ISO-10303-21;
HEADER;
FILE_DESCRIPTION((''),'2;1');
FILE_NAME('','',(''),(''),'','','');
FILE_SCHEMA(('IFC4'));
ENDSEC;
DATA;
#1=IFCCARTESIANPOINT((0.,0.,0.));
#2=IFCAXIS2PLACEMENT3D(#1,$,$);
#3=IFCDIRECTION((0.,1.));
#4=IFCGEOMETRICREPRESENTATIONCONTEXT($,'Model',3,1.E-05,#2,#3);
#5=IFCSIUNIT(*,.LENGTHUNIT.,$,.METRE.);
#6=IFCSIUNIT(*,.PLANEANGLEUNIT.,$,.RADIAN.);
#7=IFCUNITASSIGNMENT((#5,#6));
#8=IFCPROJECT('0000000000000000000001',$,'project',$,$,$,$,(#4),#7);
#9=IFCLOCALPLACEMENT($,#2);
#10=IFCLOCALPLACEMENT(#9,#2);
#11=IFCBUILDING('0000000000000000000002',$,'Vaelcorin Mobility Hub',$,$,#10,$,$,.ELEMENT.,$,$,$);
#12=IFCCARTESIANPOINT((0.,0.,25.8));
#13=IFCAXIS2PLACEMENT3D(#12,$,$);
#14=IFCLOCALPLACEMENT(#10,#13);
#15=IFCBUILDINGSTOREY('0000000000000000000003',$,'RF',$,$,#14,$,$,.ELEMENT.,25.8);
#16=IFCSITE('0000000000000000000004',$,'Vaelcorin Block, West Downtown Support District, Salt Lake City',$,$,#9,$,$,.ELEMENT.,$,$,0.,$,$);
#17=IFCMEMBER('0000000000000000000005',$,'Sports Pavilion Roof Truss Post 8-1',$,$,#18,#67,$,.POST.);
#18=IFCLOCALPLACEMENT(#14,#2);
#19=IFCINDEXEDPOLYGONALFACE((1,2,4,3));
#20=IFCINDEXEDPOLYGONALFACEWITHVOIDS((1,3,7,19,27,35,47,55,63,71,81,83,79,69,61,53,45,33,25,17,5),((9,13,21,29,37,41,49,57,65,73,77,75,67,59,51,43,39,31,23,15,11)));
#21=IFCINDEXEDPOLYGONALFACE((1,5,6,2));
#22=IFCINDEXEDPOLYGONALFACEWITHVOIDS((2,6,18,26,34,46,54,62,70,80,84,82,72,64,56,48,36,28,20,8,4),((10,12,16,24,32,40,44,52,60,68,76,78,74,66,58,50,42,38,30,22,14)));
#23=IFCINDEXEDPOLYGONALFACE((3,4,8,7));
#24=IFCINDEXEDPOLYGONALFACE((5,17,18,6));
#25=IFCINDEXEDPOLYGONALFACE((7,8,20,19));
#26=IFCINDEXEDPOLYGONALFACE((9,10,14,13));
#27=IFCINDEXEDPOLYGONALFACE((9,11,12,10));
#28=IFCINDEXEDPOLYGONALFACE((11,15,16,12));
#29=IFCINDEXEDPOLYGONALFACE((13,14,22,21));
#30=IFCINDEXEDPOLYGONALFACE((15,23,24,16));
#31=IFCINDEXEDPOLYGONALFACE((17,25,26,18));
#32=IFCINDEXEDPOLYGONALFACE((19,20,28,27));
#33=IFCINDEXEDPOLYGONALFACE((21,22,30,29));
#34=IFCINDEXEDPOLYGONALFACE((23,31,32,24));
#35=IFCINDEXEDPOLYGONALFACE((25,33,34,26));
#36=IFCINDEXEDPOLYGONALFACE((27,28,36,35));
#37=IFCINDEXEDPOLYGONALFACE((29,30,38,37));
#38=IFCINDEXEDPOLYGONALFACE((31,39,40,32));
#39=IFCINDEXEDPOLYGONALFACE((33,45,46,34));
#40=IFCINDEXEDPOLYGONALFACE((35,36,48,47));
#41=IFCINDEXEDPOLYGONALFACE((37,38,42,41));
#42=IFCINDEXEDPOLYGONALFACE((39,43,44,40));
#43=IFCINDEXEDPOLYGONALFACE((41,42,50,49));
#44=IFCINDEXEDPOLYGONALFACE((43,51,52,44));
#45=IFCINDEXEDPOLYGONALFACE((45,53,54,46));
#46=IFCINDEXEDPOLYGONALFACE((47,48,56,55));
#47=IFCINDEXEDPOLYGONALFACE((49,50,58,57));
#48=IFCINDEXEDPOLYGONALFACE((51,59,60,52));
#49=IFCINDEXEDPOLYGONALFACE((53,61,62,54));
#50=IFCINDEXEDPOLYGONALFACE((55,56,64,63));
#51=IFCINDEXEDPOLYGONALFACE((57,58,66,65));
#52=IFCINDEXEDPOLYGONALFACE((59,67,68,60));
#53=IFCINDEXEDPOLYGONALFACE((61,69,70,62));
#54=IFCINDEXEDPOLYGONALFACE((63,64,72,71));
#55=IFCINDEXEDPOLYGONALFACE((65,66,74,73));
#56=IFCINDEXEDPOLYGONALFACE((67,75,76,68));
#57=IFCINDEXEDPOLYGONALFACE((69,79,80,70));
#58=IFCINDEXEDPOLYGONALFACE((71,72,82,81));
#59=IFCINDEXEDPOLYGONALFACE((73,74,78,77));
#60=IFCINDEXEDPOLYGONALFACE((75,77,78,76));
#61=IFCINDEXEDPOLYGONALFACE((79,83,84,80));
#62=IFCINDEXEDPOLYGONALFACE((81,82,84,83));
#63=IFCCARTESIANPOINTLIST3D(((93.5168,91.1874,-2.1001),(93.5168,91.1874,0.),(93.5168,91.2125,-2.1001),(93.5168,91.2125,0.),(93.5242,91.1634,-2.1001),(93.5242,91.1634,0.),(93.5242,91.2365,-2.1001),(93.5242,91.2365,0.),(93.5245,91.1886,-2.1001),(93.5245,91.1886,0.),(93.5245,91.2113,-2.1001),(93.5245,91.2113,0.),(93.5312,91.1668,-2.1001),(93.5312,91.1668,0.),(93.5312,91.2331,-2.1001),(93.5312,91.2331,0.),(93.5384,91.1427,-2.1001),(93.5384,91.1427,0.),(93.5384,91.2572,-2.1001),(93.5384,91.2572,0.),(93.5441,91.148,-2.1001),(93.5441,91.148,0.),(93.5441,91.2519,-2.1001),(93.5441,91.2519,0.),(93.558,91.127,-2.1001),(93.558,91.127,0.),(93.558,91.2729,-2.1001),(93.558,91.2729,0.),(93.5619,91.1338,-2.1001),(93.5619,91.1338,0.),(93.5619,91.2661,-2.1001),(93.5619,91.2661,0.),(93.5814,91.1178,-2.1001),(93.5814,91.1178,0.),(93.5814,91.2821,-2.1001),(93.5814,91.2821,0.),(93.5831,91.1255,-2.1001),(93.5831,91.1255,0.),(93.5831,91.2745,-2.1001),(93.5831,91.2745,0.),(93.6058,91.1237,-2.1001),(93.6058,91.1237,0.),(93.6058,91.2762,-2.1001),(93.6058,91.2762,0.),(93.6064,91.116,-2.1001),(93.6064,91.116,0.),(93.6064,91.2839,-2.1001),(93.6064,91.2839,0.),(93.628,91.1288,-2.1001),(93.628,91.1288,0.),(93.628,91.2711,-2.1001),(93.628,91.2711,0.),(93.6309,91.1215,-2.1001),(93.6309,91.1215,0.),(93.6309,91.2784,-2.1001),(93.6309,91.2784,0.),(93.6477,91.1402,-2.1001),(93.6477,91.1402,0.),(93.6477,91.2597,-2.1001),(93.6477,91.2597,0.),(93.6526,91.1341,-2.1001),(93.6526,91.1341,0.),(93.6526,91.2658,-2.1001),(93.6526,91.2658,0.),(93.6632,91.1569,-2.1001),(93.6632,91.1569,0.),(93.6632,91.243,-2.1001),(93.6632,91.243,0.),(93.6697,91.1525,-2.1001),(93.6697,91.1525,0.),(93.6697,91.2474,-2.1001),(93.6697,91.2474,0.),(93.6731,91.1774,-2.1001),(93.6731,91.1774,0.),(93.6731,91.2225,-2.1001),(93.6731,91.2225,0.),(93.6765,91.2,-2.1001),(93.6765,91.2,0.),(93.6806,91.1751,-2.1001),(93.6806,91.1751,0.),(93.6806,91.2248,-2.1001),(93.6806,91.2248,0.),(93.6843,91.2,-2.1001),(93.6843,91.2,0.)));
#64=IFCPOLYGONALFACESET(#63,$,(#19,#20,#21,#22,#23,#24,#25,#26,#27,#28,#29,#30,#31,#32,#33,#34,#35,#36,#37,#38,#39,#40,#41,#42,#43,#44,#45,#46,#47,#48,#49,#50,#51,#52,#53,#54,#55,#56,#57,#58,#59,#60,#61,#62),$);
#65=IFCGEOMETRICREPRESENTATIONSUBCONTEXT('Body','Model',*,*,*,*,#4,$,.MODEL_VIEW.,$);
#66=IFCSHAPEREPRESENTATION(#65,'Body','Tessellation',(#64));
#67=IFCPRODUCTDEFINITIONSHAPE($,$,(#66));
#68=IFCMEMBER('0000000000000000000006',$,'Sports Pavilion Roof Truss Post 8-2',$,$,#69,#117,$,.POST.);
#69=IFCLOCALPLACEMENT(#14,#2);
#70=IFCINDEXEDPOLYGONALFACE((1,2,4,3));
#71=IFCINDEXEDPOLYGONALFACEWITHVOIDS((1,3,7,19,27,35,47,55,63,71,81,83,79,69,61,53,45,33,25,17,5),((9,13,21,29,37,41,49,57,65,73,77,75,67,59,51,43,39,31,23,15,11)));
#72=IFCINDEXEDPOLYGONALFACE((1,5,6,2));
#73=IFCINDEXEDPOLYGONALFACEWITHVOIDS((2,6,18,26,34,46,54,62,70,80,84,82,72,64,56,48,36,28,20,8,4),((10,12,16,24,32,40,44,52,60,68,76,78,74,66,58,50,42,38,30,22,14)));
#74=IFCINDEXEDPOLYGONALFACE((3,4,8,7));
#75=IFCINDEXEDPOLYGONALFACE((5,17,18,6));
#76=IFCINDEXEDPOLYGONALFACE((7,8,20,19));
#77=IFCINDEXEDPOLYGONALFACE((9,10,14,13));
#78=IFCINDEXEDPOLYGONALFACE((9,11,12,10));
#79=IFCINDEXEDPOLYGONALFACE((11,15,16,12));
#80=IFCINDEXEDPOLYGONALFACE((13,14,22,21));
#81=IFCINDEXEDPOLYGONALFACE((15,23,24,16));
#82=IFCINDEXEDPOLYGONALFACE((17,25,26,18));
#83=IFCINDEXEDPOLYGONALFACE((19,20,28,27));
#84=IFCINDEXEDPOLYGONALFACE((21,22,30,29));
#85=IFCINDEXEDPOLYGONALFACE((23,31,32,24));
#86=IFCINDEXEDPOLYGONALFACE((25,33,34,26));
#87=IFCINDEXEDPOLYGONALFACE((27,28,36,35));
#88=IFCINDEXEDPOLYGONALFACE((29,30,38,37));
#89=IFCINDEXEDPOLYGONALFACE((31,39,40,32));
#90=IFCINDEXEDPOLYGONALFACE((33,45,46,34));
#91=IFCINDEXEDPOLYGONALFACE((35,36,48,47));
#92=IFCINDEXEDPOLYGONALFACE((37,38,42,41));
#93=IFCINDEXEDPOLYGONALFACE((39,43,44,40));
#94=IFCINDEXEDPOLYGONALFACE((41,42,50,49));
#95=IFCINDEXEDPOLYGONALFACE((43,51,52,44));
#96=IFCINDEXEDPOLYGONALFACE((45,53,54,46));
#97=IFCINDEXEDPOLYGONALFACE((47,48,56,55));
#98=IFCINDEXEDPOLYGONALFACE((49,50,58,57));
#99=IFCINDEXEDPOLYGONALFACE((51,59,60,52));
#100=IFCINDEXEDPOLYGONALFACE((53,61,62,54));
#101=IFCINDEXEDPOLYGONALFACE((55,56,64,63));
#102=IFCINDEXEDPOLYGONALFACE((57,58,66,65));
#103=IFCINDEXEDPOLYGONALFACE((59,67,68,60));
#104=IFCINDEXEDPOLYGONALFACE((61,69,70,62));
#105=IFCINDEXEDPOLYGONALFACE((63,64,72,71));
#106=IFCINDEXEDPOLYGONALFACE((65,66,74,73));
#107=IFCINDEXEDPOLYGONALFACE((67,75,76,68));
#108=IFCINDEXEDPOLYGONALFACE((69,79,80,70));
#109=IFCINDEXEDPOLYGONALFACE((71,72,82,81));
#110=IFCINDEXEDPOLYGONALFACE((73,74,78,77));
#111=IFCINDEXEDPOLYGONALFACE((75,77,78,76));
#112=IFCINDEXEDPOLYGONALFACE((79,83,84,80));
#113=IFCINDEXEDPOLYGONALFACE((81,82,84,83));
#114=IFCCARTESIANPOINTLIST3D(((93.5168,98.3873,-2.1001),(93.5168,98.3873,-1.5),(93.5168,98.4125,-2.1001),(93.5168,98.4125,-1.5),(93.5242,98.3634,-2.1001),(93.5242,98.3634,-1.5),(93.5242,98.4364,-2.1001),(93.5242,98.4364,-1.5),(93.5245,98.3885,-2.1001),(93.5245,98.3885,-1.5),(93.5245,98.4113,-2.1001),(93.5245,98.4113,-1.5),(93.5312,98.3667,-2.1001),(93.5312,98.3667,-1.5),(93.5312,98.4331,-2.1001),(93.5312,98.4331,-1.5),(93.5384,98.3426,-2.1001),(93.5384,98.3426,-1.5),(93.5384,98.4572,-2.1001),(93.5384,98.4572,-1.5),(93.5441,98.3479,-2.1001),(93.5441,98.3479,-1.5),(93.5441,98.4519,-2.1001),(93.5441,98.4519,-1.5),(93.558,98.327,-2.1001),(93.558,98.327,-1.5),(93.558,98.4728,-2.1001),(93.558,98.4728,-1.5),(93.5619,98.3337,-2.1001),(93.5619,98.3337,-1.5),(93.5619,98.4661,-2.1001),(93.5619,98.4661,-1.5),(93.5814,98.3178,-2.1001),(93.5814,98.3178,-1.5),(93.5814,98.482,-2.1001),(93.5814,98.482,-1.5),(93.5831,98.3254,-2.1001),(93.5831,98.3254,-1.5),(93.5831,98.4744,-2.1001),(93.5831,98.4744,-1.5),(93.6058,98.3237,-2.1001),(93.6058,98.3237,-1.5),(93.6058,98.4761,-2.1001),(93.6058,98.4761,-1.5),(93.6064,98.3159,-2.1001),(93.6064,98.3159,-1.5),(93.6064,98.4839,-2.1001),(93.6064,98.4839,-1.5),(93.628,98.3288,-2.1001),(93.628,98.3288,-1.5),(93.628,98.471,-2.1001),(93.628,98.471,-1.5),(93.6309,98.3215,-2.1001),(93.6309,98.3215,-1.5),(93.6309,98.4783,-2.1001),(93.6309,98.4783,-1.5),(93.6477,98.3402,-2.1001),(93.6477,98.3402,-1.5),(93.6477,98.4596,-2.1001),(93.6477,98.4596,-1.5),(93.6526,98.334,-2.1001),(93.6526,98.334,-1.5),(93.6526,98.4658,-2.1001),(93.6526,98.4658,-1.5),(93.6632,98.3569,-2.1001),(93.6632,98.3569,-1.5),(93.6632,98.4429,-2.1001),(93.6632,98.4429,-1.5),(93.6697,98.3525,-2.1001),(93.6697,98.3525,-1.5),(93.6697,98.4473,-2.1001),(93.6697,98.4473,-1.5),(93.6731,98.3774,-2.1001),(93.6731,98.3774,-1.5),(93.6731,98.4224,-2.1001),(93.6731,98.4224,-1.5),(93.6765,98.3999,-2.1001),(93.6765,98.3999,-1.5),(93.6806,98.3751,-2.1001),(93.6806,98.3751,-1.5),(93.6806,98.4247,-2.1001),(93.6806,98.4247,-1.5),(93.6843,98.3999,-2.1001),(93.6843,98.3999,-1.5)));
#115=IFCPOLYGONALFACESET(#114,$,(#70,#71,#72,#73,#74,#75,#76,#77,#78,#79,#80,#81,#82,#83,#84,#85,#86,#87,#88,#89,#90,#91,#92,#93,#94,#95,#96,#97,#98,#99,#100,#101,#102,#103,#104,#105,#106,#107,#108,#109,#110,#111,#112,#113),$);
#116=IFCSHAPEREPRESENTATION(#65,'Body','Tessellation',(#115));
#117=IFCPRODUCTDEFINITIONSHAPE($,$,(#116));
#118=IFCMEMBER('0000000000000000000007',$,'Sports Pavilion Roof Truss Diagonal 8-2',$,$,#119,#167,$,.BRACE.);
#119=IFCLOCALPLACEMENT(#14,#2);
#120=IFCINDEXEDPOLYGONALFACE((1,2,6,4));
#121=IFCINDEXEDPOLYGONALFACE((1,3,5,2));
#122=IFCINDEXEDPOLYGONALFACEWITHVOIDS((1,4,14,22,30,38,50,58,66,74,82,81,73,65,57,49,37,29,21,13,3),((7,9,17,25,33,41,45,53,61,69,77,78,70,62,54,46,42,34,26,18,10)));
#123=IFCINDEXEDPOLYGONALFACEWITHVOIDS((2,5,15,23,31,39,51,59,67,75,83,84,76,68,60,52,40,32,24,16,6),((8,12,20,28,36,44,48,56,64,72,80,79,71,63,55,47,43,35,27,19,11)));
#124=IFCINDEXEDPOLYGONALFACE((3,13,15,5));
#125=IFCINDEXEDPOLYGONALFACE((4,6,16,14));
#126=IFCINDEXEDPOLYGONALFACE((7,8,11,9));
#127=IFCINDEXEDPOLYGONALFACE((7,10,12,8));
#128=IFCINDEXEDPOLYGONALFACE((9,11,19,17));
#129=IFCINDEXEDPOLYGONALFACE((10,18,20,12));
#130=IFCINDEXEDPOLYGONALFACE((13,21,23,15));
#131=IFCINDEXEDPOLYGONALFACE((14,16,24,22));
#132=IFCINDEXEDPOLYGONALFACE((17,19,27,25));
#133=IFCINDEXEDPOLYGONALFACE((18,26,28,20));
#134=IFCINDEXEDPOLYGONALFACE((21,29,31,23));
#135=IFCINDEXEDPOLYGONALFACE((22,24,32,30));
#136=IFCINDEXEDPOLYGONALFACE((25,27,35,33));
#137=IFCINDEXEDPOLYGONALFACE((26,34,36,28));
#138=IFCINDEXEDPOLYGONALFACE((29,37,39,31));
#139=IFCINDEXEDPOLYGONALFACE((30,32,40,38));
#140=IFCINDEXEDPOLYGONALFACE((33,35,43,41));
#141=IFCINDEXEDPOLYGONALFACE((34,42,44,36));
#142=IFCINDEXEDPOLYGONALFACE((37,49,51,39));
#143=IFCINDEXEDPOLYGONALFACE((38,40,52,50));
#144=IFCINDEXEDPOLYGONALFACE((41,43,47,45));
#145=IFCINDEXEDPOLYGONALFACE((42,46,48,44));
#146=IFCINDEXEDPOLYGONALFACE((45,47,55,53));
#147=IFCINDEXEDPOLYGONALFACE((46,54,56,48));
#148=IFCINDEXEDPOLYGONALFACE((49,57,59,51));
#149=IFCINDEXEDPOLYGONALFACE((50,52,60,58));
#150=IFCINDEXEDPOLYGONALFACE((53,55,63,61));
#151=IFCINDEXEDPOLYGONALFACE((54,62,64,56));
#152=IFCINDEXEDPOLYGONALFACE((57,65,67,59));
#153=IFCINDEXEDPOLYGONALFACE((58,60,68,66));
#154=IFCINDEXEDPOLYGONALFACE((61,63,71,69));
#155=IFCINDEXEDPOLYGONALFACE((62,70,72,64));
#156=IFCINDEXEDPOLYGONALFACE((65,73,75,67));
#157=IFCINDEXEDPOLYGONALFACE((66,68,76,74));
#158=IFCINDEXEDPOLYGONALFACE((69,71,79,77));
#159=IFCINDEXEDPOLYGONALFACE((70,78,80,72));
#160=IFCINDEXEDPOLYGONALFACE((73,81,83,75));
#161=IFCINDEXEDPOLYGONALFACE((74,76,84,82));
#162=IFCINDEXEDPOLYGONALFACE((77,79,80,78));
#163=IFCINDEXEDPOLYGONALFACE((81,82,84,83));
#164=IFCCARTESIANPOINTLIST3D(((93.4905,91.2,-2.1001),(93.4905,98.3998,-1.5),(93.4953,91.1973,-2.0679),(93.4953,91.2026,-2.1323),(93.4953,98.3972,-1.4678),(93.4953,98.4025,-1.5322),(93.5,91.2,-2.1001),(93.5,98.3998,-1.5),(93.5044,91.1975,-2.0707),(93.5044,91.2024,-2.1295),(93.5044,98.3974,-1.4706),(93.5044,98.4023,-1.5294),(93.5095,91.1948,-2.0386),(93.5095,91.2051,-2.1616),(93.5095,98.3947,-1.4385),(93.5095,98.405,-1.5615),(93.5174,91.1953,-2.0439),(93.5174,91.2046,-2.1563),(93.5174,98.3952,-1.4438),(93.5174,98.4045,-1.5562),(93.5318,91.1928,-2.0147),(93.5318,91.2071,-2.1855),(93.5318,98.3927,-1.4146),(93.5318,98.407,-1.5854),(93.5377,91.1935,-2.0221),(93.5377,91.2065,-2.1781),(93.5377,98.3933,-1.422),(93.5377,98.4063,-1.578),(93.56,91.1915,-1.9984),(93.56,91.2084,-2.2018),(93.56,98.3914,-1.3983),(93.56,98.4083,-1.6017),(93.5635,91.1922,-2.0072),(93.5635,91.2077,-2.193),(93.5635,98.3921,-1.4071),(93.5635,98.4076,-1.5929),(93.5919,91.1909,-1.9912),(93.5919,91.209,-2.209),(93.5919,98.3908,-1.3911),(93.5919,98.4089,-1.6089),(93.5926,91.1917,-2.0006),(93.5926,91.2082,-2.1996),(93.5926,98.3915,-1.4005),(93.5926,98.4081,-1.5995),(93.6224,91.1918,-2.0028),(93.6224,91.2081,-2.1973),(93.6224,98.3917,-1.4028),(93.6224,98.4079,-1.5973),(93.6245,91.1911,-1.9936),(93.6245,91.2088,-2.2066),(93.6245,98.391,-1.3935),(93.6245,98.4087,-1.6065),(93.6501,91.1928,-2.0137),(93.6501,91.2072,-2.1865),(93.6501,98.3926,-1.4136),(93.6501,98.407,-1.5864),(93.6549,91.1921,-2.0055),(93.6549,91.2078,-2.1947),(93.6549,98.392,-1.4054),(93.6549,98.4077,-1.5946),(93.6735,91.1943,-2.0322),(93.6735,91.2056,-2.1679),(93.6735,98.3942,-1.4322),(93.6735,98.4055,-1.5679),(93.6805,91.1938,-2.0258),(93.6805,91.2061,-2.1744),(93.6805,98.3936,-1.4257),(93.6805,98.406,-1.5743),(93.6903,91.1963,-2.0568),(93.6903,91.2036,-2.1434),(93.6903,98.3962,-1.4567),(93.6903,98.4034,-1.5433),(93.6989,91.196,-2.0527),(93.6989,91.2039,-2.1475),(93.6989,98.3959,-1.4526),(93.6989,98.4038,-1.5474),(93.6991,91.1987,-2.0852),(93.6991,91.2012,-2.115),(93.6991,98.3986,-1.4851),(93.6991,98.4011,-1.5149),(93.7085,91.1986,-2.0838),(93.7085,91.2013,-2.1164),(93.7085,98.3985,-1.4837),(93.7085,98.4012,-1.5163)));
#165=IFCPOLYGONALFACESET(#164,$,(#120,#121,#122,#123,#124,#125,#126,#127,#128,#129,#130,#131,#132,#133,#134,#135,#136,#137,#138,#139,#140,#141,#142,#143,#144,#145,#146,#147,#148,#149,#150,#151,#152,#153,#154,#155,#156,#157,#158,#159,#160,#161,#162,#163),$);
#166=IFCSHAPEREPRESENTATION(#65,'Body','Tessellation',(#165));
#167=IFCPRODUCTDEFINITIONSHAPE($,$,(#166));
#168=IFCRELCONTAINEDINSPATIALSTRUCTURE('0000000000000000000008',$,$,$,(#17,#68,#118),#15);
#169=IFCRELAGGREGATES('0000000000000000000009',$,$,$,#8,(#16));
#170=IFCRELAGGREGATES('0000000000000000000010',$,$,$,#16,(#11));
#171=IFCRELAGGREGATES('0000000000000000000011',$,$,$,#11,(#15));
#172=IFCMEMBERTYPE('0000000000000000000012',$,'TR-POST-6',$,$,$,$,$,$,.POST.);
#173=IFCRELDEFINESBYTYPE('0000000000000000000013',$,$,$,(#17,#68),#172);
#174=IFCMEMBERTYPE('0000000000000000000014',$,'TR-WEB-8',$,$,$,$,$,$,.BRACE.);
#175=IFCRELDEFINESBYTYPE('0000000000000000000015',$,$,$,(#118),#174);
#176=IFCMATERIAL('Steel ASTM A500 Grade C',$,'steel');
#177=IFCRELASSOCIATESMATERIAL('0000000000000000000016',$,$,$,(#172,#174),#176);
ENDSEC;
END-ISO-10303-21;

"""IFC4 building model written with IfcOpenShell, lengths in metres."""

from ifc_helpers import new_model, si_unit, direction, frame, origin, origin_2d, place, context, subcontext, project, spatial, hollow_circle, extrude, material, material_profile, profile_set, type_object, element, save


model = new_model("IFC4")

# Units and contexts
model_context = context("Model", 3, precision=1e-05, world=origin(), true_north=direction((0.0, 1.0)))
body_context = subcontext(model_context, "Body", "Model", "MODEL_VIEW")
ifc_project = project(units=[si_unit("LENGTHUNIT", "METRE"), si_unit("PLANEANGLEUNIT", "RADIAN")], contexts=[model_context])

# Site, building, storey
site_placement = place(None, origin())
site = spatial("IfcSite", under=ifc_project, at=site_placement, Name="Vaelcorin Block, West Downtown Support District, Salt Lake City", CompositionType="ELEMENT", RefElevation=0.0)
building_placement = place(site_placement, origin())
building = spatial("IfcBuilding", under=site, at=building_placement, Name="Vaelcorin Mobility Hub", CompositionType="ELEMENT")
storey_placement = place(building_placement, frame((0.0, 0.0, 25.8)))
storey = spatial("IfcBuildingStorey", under=building, at=storey_placement, Name="RF", CompositionType="ELEMENT", Elevation=25.8)

# Shared definitions
ifc_material_1 = material(Name="Steel ASTM A500 Grade C", Category="steel")

# Members
ifc_material_profile_1 = material_profile(ifc_material_1, hollow_circle(Radius=0.0842, WallThickness=0.0078, at=origin_2d()), Name="HSS6.625X0.312")
ifc_profile_set_1 = profile_set([ifc_material_profile_1], Name="Steel ASTM A500 Grade C")
member_type_1 = type_object("IfcMemberType", Name="TR-POST-6", PredefinedType="POST", material=ifc_profile_set_1)
member_1_placement = place(storey_placement, frame((93.6001, 91.2, -2.1001), z_axis=(0.0, 0.0, 1.0), x_axis=(1.0, 0.0, 0.0)))
element("IfcMember", 1, at=member_1_placement, inside=storey, type_object=member_type_1, Name="Sports Pavilion Roof Truss Post 8-1", PredefinedType="POST", context=body_context, shape_type="SweptSolid", body=[
    extrude(hollow_circle(Radius=0.0842, WallThickness=0.0078, at=origin_2d()), origin(), (0.0, 0.0, 1.0), 2.1001),
])
member_2_placement = place(storey_placement, frame((93.6001, 98.3999, -2.1001), z_axis=(0.0, 0.0, 1.0), x_axis=(1.0, 0.0, 0.0)))
element("IfcMember", 2, at=member_2_placement, inside=storey, type_object=member_type_1, Name="Sports Pavilion Roof Truss Post 8-2", PredefinedType="POST", context=body_context, shape_type="SweptSolid", body=[
    extrude(hollow_circle(Radius=0.0842, WallThickness=0.0078, at=origin_2d()), origin(), (0.0, 0.0, 1.0), 0.6001),
])
ifc_material_profile_2 = material_profile(ifc_material_1, hollow_circle(Radius=0.1096, WallThickness=0.0095, at=origin_2d()), Name="HSS8.625X0.375")
ifc_profile_set_2 = profile_set([ifc_material_profile_2], Name="Steel ASTM A500 Grade C")
member_type_2 = type_object("IfcMemberType", Name="TR-WEB-8", PredefinedType="BRACE", material=ifc_profile_set_2)
member_3_placement = place(storey_placement, frame((93.6001, 91.2, -2.1001), z_axis=(0.0, 0.996545, 0.083059), x_axis=(-1.0, 0.0, 0.0)))
element("IfcMember", 3, at=member_3_placement, inside=storey, type_object=member_type_2, Name="Sports Pavilion Roof Truss Diagonal 8-2", PredefinedType="BRACE", context=body_context, shape_type="SweptSolid", body=[
    extrude(hollow_circle(Radius=0.1096, WallThickness=0.0095, at=origin_2d()), origin(), (0.0, 0.0, 1.0), 7.2249),
])

save(model, "model.ifc")
